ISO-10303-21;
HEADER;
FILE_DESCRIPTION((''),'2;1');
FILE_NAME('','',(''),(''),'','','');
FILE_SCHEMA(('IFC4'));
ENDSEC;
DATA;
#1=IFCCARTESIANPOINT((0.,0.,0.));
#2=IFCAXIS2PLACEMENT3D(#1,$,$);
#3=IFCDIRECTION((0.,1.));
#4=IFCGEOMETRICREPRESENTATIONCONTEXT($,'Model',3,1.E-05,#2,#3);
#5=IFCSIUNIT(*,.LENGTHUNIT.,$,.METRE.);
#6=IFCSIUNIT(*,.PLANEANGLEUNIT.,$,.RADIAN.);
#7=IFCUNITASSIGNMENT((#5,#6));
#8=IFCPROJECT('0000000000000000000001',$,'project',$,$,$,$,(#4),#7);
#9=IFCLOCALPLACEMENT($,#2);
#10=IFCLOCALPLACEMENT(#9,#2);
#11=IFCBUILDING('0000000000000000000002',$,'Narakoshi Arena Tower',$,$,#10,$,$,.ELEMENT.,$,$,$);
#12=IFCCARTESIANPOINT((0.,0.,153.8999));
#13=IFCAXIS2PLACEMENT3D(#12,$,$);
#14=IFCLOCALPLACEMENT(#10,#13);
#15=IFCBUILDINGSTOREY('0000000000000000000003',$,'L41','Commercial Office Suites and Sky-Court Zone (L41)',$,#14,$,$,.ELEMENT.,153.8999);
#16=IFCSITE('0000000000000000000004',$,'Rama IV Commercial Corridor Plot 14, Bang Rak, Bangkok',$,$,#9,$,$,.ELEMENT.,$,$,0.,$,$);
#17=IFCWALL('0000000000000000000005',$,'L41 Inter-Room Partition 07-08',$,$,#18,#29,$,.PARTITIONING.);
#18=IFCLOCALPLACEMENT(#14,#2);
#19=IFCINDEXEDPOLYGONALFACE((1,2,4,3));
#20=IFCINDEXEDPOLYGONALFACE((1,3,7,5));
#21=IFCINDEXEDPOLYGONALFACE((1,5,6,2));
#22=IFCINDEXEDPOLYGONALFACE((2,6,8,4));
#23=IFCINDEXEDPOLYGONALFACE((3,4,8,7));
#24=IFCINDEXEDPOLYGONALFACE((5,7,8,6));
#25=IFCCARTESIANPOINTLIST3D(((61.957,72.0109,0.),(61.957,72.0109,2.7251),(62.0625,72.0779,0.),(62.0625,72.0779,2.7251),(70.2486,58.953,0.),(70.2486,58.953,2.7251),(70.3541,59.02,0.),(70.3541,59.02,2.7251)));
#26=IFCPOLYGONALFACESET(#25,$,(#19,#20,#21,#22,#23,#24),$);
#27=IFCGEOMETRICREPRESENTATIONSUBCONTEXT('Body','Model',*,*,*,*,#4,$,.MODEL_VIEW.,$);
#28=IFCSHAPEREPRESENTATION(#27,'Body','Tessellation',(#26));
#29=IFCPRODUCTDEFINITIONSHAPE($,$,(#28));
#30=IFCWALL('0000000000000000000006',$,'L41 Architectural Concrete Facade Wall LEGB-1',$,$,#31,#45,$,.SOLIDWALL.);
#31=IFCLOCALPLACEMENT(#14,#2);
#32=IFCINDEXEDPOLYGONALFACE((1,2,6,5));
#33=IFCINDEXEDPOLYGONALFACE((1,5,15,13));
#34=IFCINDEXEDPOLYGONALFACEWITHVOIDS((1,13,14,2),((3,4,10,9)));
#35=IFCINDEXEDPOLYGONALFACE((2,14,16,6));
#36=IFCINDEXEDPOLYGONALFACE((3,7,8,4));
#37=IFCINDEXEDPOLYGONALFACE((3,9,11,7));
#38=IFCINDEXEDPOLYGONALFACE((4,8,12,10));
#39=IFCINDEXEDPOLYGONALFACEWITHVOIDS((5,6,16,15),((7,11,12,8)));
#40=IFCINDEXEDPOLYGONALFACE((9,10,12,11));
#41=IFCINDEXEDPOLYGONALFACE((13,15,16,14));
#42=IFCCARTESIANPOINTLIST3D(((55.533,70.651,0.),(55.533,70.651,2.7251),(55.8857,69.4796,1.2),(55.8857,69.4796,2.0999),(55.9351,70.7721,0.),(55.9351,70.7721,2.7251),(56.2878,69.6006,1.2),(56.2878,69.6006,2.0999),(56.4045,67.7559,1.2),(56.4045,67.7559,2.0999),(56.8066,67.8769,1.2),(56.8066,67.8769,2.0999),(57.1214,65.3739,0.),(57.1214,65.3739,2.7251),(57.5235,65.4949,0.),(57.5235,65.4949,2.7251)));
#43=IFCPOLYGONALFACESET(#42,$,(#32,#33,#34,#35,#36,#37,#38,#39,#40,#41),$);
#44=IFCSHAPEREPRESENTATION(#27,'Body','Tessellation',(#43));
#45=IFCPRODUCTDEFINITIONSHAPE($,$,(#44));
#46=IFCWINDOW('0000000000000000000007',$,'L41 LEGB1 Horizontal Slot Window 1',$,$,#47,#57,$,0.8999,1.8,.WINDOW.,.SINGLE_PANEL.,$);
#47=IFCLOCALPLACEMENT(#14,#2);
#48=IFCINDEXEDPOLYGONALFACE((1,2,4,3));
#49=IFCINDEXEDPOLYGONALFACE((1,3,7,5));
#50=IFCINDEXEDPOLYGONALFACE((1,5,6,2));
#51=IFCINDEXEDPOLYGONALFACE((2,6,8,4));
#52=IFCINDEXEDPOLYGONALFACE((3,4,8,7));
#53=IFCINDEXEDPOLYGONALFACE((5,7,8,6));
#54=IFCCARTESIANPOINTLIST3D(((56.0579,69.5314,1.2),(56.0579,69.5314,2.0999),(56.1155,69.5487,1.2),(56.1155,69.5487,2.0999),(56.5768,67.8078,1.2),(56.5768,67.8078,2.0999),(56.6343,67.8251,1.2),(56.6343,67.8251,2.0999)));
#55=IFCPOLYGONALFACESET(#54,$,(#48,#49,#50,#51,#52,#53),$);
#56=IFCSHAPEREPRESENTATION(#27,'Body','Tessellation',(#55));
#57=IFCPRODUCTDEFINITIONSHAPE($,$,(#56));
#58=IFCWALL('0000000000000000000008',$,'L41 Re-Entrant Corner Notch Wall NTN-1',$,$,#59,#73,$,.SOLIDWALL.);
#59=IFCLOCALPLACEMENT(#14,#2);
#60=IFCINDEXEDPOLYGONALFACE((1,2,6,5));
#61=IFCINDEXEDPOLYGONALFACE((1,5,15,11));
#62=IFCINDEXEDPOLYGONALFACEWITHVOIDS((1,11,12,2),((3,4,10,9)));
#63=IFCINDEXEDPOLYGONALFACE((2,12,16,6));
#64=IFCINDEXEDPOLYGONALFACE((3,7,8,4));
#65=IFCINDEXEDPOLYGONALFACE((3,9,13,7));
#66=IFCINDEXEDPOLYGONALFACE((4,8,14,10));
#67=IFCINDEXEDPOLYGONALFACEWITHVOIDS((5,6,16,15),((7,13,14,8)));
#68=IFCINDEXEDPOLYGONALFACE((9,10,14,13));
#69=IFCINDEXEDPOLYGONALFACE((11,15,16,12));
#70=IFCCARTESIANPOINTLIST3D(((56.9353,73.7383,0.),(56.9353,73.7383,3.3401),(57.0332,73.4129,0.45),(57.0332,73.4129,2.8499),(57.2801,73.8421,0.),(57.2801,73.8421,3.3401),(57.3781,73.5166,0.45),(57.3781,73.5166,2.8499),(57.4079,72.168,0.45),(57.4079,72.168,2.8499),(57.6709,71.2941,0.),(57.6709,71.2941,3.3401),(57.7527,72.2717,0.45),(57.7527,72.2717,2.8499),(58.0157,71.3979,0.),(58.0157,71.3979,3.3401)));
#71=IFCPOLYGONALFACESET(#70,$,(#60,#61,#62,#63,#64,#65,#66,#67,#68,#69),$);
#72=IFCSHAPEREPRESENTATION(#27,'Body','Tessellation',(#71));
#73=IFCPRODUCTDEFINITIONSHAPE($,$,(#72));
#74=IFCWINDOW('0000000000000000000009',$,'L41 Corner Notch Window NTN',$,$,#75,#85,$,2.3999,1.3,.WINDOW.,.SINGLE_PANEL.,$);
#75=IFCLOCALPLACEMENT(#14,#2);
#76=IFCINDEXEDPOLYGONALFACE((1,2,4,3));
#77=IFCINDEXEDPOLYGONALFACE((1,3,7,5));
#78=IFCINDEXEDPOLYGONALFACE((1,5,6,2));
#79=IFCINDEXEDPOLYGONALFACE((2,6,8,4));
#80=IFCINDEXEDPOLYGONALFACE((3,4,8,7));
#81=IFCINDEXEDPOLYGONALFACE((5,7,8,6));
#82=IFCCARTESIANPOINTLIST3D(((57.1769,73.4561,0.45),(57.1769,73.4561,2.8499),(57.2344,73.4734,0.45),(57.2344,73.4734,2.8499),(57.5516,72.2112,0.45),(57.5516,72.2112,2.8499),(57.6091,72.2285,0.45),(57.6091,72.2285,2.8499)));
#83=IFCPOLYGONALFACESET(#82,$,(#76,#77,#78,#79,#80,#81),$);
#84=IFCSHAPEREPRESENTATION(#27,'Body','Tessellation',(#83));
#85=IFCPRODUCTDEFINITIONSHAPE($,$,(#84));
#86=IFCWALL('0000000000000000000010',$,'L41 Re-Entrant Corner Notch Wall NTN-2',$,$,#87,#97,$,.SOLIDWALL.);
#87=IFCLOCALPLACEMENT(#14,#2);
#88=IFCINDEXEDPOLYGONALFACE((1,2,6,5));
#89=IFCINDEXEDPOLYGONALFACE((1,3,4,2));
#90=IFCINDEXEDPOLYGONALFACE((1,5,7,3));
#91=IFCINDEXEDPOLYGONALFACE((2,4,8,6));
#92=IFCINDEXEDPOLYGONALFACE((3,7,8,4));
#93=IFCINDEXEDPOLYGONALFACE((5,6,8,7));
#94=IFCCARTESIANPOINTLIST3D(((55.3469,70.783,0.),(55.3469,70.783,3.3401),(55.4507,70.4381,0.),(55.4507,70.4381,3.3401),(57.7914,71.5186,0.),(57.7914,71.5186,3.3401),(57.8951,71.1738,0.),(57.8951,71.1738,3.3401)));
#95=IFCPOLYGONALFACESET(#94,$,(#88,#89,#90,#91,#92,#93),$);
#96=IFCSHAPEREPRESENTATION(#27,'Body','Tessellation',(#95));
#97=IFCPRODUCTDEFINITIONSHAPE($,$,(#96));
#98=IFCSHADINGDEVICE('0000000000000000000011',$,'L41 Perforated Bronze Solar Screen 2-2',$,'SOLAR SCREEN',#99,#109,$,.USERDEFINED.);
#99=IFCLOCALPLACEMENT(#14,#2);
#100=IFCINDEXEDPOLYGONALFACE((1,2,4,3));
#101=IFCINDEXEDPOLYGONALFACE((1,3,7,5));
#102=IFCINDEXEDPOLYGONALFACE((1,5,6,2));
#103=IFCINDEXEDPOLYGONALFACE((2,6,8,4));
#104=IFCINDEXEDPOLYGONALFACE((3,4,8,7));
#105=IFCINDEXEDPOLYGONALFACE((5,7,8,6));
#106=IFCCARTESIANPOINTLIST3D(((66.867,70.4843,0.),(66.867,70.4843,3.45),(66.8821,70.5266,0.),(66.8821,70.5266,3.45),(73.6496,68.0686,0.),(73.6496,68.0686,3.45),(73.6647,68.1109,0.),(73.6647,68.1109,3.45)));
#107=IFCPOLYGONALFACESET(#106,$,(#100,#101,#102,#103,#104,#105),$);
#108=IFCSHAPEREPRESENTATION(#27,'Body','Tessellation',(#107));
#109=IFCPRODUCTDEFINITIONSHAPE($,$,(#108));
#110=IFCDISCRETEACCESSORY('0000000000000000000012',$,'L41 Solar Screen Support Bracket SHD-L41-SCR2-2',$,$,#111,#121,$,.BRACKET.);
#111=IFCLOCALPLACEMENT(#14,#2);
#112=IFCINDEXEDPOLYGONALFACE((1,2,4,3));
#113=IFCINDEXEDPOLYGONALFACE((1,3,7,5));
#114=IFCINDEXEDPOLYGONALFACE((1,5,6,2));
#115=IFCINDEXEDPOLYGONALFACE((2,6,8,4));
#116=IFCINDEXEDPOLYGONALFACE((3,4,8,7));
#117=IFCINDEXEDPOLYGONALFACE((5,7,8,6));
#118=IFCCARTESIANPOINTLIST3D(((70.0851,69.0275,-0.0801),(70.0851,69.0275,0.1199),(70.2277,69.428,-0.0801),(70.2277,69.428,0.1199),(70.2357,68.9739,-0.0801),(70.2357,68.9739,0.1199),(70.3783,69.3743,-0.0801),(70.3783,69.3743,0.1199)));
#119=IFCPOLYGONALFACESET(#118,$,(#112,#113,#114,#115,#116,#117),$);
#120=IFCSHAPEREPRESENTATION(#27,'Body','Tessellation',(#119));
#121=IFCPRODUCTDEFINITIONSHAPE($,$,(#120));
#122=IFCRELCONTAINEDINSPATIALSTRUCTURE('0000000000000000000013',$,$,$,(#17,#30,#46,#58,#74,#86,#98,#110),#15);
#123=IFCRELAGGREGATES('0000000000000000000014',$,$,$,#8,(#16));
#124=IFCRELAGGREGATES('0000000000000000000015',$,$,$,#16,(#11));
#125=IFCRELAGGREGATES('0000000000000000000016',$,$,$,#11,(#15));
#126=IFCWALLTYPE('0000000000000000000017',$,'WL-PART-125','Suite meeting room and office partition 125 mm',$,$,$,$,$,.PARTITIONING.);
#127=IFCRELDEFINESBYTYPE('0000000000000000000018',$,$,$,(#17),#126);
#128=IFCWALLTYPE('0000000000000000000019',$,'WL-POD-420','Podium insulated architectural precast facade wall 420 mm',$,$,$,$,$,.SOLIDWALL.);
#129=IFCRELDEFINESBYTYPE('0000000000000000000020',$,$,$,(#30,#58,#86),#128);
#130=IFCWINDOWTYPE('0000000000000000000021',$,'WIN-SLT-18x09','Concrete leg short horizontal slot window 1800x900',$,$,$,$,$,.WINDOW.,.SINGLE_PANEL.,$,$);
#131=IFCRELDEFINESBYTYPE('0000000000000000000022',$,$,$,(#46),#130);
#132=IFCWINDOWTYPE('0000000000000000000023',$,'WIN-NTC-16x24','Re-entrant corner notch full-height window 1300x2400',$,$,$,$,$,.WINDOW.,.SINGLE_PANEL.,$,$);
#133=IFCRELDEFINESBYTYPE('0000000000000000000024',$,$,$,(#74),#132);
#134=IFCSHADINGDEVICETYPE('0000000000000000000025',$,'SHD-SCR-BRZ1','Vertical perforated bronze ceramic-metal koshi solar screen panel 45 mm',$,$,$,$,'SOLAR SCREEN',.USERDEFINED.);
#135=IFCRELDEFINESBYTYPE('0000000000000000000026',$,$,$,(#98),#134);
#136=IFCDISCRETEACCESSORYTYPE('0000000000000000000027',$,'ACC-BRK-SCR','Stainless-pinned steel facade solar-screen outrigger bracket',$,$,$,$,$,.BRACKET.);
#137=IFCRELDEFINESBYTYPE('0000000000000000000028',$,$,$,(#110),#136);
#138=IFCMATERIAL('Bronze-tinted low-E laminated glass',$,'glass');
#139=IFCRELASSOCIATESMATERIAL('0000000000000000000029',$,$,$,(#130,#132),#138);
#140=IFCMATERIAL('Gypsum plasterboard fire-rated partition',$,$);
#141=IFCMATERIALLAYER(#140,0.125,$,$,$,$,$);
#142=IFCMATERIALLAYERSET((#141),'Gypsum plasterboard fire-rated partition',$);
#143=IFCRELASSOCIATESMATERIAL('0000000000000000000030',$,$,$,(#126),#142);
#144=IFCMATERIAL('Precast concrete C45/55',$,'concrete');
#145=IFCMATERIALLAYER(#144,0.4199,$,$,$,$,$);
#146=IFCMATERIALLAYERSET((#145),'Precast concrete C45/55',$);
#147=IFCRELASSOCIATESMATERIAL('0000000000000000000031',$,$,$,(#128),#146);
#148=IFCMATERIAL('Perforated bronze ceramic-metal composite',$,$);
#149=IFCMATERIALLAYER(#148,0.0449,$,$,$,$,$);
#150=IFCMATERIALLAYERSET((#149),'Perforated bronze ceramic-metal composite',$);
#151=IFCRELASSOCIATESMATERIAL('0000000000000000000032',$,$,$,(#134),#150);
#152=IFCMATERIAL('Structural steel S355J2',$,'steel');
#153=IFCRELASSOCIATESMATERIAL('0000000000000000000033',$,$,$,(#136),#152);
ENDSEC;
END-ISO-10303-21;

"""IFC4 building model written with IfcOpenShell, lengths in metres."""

from ifc_helpers import new_model, si_unit, direction, frame, frame_2d, origin, origin_2d, place, context, subcontext, project, spatial, rectangle, extrude, material, layer, layer_set, type_object, element, fill, save


model = new_model("IFC4")

# Units and contexts
model_context = context("Model", 3, precision=1e-05, world=origin(), true_north=direction((0.0, 1.0)))
body_context = subcontext(model_context, "Body", "Model", "MODEL_VIEW")
ifc_project = project(units=[si_unit("LENGTHUNIT", "METRE"), si_unit("PLANEANGLEUNIT", "RADIAN")], contexts=[model_context])

# Site, building, storey
site_placement = place(None, origin())
site = spatial("IfcSite", under=ifc_project, at=site_placement, Name="Rama IV Commercial Corridor Plot 14, Bang Rak, Bangkok", CompositionType="ELEMENT", RefElevation=0.0)
building_placement = place(site_placement, origin())
building = spatial("IfcBuilding", under=site, at=building_placement, Name="Narakoshi Arena Tower", CompositionType="ELEMENT")
storey_placement = place(building_placement, frame((0.0, 0.0, 153.8999)))
storey = spatial("IfcBuildingStorey", under=building, at=storey_placement, Name="L41", Description="Commercial Office Suites and Sky-Court Zone (L41)", CompositionType="ELEMENT", Elevation=153.8999)

# Shared definitions
ifc_material_1 = material(Name="Structural steel S355J2", Category="steel")

# Shared definitions
ifc_material_2 = material(Name="Bronze-tinted low-E laminated glass", Category="glass")

# Shared definitions
window_type_1 = type_object("IfcWindowType", Name="WIN-SLT-18x09", Description="Concrete leg short horizontal slot window 1800x900", PartitioningType="SINGLE_PANEL", PredefinedType="WINDOW", material=ifc_material_2)

# Wall
ifc_material_3 = material(Name="Precast concrete C45/55", Category="concrete")
ifc_material_4 = material(Name="Gypsum plasterboard fire-rated partition")
ifc_layer_1 = layer(ifc_material_4, 0.125)
ifc_layer_set_1 = layer_set([ifc_layer_1], Name="Gypsum plasterboard fire-rated partition")
wall_type_1 = type_object("IfcWallType", Name="WL-PART-125", Description="Suite meeting room and office partition 125 mm", PredefinedType="PARTITIONING", material=ifc_layer_set_1)
wall_1_placement = place(storey_placement, frame((70.3013, 58.9866, 0.0), z_axis=(0.0, 0.0, 1.0), x_axis=(-0.536045, 0.844189, 0.0)))
element("IfcWall", 1, at=wall_1_placement, inside=storey, type_object=wall_type_1, Name="L41 Inter-Room Partition 07-08", PredefinedType="PARTITIONING", context=body_context, shape_type="SweptSolid", body=[
    extrude(rectangle(XDim=15.468, YDim=0.125, at=frame_2d((7.7339, 0.0))), origin(), (0.0, 0.0, 1.0), 2.7251),
])

# Walls, openings, windows
ifc_layer_2 = layer(ifc_material_3, 0.4199)
ifc_layer_set_2 = layer_set([ifc_layer_2], Name="Precast concrete C45/55")
wall_type_2 = type_object("IfcWallType", Name="WL-POD-420", Description="Podium insulated architectural precast facade wall 420 mm", PredefinedType="SOLIDWALL", material=ifc_layer_set_2)
wall_2_placement = place(storey_placement, frame((55.7341, 70.7114, 0.0), z_axis=(0.0, 0.0, 1.0), x_axis=(0.288222, -0.957564, 0.0)))
wall_2 = element("IfcWall", 2, at=wall_2_placement, inside=storey, type_object=wall_type_2, Name="L41 Architectural Concrete Facade Wall LEGB-1", PredefinedType="SOLIDWALL", context=body_context, shape_type="SweptSolid", body=[
    extrude(rectangle(XDim=5.511, YDim=0.4199, at=frame_2d((2.7554, 0.0))), origin(), (0.0, 0.0, 1.0), 2.7251),
])
opening_1_placement = place(wall_2_placement, frame((1.2234, 0.0, 1.2)))
opening_1 = element("IfcOpeningElement", 3, at=opening_1_placement, cuts=wall_2, PredefinedType="OPENING", context=body_context, shape_type="SweptSolid", body=[
    extrude(rectangle(XDim=1.8, YDim=0.8999, at=frame_2d((0.8999, 0.45))), frame((0.0, 0.22, 0.0), z_axis=(0.0, -1.0, 0.0), x_axis=(1.0, 0.0, 0.0)), (0.0, 0.0, 1.0), 0.4399),
])
window_1_placement = place(opening_1_placement, origin())
window_1 = element("IfcWindow", 4, at=window_1_placement, inside=storey, type_object=window_type_1, Name="L41 LEGB1 Horizontal Slot Window 1", OverallHeight=0.8999, OverallWidth=1.8, PartitioningType="SINGLE_PANEL", PredefinedType="WINDOW", context=body_context, shape_type="SweptSolid", body=[
    extrude(rectangle(XDim=1.8, YDim=0.8999, at=frame_2d((0.8999, 0.45))), frame((0.0, 0.03, 0.0), z_axis=(0.0, -1.0, 0.0), x_axis=(1.0, 0.0, 0.0)), (0.0, 0.0, 1.0), 0.0601),
])
fill(opening_1, window_1)
wall_3_placement = place(storey_placement, frame((57.1077, 73.7903, 0.0), z_axis=(0.0, 0.0, 1.0), x_axis=(0.288199, -0.957571, 0.0)))
wall_3 = element("IfcWall", 5, at=wall_3_placement, inside=storey, type_object=wall_type_2, Name="L41 Re-Entrant Corner Notch Wall NTN-1", PredefinedType="SOLIDWALL", context=body_context, shape_type="SweptSolid", body=[
    extrude(rectangle(XDim=2.5525, YDim=0.3601, at=frame_2d((1.2764, 0.0))), origin(), (0.0, 0.0, 1.0), 3.3401),
])
opening_2_placement = place(wall_3_placement, frame((0.3401, 0.0, 0.45)))
opening_2 = element("IfcOpeningElement", 6, at=opening_2_placement, cuts=wall_3, PredefinedType="OPENING", context=body_context, shape_type="SweptSolid", body=[
    extrude(rectangle(XDim=1.3, YDim=2.3999, at=frame_2d((0.6499, 1.2))), frame((0.0, 0.1899, 0.0), z_axis=(0.0, -1.0, 0.0), x_axis=(1.0, 0.0, 0.0)), (0.0, 0.0, 1.0), 0.3801),
])
window_type_2 = type_object("IfcWindowType", Name="WIN-NTC-16x24", Description="Re-entrant corner notch full-height window 1300x2400", PartitioningType="SINGLE_PANEL", PredefinedType="WINDOW", material=ifc_material_2)
window_2_placement = place(opening_2_placement, origin())
window_2 = element("IfcWindow", 7, at=window_2_placement, inside=storey, type_object=window_type_2, Name="L41 Corner Notch Window NTN", OverallHeight=2.3999, OverallWidth=1.3, PartitioningType="SINGLE_PANEL", PredefinedType="WINDOW", context=body_context, shape_type="SweptSolid", body=[
    extrude(rectangle(XDim=1.3, YDim=2.3999, at=frame_2d((0.6499, 1.2))), frame((0.0, 0.03, 0.0), z_axis=(0.0, -1.0, 0.0), x_axis=(1.0, 0.0, 0.0)), (0.0, 0.0, 1.0), 0.0601),
])
fill(opening_2, window_2)

# Wall
wall_4_placement = place(storey_placement, frame((57.8433, 71.3462, 0.0), z_axis=(0.0, 0.0, 1.0), x_axis=(-0.957578, -0.288173, 0.0)))
element("IfcWall", 8, at=wall_4_placement, inside=storey, type_object=wall_type_2, Name="L41 Re-Entrant Corner Notch Wall NTN-2", PredefinedType="SOLIDWALL", context=body_context, shape_type="SweptSolid", body=[
    extrude(rectangle(XDim=2.5527, YDim=0.3601, at=frame_2d((1.2764, 0.0))), origin(), (0.0, 0.0, 1.0), 3.3401),
])

# Shading device
ifc_material_5 = material(Name="Perforated bronze ceramic-metal composite")
ifc_layer_3 = layer(ifc_material_5, 0.0449)
ifc_layer_set_3 = layer_set([ifc_layer_3], Name="Perforated bronze ceramic-metal composite")
shading_device_type = type_object("IfcShadingDeviceType", Name="SHD-SCR-BRZ1", Description="Vertical perforated bronze ceramic-metal koshi solar screen panel 45 mm", ElementType="SOLAR SCREEN", PredefinedType="USERDEFINED", material=ifc_layer_set_3)
shading_device_placement = place(storey_placement, frame((70.2659, 69.2976, 0.0), z_axis=(0.0, 0.0, 1.0), x_axis=(-0.942034, 0.335517, 0.0)))
element("IfcShadingDevice", 9, at=shading_device_placement, inside=storey, type_object=shading_device_type, Name="L41 Perforated Bronze Solar Screen 2-2", ObjectType="SOLAR SCREEN", PredefinedType="USERDEFINED", context=body_context, shape_type="SweptSolid", body=[
    extrude(rectangle(XDim=7.2, YDim=0.0449, at=origin_2d()), origin(), (0.0, 0.0, 1.0), 3.45),
])

# Discrete accessory
discrete_accessory_type = type_object("IfcDiscreteAccessoryType", Name="ACC-BRK-SCR", Description="Stainless-pinned steel facade solar-screen outrigger bracket", PredefinedType="BRACKET", material=ifc_material_1)
discrete_accessory_placement = place(storey_placement, frame((70.2317, 69.2009, -0.0801), z_axis=(0.0, 0.0, 1.0), x_axis=(-0.942034, 0.335517, 0.0)))
element("IfcDiscreteAccessory", 10, at=discrete_accessory_placement, inside=storey, type_object=discrete_accessory_type, Name="L41 Solar Screen Support Bracket SHD-L41-SCR2-2", PredefinedType="BRACKET", context=body_context, shape_type="SweptSolid", body=[
    extrude(rectangle(XDim=0.1599, YDim=0.425, at=origin_2d()), origin(), (0.0, 0.0, 1.0), 0.2),
])

save(model, "model.ifc")
